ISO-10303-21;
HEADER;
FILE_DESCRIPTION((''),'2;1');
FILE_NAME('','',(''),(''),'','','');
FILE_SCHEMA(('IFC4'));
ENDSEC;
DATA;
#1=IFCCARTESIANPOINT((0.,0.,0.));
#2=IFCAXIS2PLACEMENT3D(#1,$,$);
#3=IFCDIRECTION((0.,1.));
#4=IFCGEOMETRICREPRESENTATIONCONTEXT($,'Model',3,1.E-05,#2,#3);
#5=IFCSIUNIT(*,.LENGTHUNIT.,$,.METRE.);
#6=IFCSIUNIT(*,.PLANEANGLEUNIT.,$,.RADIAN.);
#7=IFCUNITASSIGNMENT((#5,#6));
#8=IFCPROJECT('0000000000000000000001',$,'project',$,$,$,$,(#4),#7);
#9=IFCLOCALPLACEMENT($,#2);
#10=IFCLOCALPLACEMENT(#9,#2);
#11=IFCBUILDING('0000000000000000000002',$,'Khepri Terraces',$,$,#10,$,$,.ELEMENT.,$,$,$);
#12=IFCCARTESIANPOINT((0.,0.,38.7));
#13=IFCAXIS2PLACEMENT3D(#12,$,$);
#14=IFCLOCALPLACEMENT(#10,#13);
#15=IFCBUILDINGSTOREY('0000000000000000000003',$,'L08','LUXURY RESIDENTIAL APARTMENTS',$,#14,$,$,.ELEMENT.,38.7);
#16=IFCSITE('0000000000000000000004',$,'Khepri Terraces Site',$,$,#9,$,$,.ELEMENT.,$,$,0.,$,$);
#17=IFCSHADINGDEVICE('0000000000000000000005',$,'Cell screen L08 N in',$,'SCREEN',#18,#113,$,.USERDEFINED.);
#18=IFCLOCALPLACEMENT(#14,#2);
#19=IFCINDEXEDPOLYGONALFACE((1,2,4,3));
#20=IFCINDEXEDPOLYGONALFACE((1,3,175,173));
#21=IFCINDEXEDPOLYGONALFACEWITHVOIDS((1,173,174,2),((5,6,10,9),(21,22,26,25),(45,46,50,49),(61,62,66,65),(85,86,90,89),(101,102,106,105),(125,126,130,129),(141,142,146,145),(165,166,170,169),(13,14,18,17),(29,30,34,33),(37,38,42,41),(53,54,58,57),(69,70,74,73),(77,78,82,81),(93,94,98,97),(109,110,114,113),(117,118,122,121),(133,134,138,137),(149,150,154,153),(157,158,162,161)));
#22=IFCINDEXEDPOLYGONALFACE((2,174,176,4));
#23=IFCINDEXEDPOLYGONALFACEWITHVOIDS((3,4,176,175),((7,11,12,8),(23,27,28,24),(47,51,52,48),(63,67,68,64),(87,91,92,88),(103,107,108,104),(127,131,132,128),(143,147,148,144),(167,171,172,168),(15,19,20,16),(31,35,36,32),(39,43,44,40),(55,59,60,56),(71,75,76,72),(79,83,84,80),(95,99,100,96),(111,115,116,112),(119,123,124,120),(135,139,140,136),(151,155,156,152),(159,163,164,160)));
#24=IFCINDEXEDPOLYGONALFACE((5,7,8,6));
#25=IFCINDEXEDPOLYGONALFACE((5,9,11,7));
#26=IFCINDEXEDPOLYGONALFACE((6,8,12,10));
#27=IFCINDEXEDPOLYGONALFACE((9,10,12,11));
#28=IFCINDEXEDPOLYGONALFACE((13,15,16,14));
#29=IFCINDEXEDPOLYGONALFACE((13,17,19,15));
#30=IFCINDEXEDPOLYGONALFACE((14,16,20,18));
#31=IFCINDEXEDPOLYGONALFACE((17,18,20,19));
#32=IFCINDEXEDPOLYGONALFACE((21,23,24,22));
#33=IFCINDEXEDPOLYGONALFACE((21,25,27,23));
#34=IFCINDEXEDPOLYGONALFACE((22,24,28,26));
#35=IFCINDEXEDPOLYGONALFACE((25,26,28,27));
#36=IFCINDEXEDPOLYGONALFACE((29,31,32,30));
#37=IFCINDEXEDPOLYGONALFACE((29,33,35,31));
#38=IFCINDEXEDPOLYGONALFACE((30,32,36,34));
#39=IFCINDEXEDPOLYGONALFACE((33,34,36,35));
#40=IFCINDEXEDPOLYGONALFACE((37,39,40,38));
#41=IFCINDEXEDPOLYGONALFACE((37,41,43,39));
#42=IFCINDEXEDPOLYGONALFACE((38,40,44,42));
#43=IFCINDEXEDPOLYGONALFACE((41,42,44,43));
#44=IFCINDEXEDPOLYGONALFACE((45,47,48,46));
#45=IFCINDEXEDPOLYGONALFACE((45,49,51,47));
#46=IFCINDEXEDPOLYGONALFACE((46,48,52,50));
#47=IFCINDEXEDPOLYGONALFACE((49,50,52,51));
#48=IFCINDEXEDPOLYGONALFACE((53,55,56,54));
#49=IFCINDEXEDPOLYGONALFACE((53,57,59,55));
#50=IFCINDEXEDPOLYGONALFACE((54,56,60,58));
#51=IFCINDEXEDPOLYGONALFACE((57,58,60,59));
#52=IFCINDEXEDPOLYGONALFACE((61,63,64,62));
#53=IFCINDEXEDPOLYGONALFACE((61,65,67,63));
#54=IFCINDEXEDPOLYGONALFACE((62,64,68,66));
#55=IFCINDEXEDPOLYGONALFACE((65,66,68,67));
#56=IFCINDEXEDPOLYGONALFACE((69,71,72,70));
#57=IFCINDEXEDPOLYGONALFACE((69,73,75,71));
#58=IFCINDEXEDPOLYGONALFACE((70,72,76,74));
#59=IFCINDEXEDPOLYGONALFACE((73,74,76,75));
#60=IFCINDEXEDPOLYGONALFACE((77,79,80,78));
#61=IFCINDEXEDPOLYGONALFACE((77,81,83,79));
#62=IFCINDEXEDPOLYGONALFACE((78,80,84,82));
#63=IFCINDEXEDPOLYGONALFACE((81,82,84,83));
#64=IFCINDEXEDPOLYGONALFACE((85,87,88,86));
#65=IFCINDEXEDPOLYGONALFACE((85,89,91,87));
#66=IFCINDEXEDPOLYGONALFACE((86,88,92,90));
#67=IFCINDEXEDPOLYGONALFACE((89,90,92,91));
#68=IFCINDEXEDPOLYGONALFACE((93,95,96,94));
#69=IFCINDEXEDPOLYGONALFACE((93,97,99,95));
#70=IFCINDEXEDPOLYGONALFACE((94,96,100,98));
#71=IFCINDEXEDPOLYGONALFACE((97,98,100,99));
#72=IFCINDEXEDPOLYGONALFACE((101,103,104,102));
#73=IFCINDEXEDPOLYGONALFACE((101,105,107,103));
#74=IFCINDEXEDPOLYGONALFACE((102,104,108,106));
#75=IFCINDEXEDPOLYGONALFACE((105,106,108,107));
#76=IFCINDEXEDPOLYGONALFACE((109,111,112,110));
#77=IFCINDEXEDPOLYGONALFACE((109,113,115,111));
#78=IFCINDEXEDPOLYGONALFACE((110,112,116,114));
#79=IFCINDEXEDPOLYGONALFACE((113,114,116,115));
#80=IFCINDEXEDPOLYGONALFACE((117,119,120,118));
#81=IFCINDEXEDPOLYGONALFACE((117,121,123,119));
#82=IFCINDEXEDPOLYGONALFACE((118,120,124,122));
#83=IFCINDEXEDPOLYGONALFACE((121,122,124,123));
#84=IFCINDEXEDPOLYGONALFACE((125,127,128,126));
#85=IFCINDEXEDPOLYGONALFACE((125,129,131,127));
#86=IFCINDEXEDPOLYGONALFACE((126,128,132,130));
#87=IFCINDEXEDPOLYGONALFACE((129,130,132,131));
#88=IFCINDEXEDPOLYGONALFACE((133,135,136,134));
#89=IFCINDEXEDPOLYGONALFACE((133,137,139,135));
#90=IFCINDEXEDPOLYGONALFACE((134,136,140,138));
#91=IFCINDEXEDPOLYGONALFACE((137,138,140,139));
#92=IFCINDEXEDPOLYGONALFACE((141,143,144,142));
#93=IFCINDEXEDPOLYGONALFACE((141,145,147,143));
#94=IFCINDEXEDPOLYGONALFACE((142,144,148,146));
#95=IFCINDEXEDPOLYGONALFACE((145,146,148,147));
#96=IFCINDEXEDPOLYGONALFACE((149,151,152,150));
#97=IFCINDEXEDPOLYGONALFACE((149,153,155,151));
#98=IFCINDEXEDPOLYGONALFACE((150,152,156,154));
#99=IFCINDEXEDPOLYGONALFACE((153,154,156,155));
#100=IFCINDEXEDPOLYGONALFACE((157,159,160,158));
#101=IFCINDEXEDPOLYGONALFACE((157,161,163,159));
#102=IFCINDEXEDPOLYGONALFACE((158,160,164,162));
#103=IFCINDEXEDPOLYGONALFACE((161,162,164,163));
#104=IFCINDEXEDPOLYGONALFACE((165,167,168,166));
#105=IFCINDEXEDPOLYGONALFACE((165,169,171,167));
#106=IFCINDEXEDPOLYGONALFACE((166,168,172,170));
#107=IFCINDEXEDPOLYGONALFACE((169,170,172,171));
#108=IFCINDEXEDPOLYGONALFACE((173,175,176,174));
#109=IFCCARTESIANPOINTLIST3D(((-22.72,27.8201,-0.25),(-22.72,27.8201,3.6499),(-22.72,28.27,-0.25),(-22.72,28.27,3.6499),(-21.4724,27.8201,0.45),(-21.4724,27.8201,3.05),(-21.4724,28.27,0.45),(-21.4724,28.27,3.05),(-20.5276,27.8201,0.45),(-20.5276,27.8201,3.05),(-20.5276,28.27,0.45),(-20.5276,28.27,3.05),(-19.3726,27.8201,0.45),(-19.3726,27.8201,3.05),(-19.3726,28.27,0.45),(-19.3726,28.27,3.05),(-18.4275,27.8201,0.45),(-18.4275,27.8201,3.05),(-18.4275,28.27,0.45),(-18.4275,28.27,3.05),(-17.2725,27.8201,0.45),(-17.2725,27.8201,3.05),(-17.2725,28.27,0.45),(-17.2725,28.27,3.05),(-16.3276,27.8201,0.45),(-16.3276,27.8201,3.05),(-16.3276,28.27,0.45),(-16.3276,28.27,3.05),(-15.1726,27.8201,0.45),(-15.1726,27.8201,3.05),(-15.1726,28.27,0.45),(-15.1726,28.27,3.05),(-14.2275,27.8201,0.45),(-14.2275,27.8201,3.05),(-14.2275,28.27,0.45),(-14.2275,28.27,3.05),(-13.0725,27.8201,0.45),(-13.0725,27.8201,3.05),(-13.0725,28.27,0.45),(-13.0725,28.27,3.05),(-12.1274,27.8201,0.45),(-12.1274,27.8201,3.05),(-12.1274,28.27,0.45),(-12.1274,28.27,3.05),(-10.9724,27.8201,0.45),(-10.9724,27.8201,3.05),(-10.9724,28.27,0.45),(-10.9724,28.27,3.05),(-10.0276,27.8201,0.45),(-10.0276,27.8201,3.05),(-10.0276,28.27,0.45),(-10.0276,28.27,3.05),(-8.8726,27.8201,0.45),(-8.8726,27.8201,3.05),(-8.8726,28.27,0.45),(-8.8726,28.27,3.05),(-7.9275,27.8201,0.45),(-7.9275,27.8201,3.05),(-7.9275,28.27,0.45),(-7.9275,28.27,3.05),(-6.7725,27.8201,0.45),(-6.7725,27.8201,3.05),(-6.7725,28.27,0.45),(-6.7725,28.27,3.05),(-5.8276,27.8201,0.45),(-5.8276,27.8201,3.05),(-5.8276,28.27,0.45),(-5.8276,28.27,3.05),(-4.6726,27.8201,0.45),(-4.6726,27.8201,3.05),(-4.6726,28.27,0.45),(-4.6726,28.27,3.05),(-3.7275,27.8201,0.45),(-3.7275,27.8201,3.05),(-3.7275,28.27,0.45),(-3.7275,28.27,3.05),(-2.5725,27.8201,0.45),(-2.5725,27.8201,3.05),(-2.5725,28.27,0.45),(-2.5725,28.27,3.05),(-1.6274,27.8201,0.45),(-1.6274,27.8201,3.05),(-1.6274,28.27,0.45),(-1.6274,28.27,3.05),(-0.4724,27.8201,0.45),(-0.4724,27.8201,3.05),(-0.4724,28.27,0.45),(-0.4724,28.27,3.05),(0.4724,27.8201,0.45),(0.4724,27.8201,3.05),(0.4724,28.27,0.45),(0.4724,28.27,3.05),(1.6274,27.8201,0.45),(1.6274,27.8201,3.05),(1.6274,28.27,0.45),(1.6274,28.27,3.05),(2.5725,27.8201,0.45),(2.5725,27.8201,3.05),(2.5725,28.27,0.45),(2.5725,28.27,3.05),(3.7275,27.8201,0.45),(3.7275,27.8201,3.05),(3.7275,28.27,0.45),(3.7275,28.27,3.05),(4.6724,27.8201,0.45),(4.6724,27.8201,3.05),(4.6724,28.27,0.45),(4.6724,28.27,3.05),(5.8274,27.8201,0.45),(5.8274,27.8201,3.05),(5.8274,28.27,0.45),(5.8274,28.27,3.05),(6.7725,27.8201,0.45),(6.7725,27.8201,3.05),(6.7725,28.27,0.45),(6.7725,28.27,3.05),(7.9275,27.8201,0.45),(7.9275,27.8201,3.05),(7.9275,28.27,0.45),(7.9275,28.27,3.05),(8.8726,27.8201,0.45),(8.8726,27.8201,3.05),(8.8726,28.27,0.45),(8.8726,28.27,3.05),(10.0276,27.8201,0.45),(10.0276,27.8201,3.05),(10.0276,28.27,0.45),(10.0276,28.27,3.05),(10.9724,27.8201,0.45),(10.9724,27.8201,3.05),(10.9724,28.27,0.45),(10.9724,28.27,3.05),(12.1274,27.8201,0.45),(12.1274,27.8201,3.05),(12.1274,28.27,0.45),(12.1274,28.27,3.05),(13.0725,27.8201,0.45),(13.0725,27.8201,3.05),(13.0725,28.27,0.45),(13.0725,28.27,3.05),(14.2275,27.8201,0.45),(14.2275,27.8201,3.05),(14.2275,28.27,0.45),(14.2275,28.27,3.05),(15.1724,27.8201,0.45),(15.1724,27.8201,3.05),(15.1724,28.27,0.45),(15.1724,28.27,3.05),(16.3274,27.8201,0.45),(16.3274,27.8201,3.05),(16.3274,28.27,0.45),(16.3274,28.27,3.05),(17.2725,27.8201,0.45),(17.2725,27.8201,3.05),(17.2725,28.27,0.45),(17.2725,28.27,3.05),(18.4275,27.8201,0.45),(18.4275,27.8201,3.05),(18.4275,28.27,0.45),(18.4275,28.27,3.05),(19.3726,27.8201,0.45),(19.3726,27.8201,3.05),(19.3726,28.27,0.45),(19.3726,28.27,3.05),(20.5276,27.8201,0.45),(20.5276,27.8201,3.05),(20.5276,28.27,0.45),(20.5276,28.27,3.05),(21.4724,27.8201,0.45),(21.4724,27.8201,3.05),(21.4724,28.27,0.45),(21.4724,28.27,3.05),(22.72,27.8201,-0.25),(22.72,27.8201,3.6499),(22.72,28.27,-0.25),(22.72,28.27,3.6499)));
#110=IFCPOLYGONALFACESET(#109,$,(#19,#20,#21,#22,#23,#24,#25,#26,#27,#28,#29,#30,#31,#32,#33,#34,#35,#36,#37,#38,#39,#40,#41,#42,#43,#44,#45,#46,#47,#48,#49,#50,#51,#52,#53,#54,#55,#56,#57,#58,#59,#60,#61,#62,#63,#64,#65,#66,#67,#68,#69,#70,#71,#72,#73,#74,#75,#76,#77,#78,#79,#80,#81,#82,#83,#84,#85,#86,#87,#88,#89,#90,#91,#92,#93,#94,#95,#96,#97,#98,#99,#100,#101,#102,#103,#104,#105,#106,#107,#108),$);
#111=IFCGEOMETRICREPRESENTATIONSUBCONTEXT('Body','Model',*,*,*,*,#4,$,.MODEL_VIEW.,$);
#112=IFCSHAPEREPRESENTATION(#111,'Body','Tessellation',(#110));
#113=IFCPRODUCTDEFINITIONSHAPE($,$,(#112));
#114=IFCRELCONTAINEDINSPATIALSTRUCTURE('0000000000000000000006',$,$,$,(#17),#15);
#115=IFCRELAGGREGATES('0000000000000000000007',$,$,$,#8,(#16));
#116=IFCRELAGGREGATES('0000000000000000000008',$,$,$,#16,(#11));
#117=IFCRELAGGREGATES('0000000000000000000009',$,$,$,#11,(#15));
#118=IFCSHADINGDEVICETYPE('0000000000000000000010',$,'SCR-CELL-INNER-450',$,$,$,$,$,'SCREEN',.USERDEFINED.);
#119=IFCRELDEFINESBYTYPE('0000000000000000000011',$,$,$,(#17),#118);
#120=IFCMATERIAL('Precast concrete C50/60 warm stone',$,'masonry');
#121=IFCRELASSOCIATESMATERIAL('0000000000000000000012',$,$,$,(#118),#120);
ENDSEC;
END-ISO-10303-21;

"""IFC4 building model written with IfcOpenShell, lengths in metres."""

from ifc_helpers import new_model, si_unit, direction, frame, origin, place, context, subcontext, project, spatial, polyline, outline, extrude, material, type_object, element, save


model = new_model("IFC4")

# Units and contexts
model_context = context("Model", 3, precision=1e-05, world=origin(), true_north=direction((0.0, 1.0)))
body_context = subcontext(model_context, "Body", "Model", "MODEL_VIEW")
ifc_project = project(units=[si_unit("LENGTHUNIT", "METRE"), si_unit("PLANEANGLEUNIT", "RADIAN")], contexts=[model_context])

# Site, building, storey
site_placement = place(None, origin())
site = spatial("IfcSite", under=ifc_project, at=site_placement, Name="Khepri Terraces Site", CompositionType="ELEMENT", RefElevation=0.0)
building_placement = place(site_placement, origin())
building = spatial("IfcBuilding", under=site, at=building_placement, Name="Khepri Terraces", CompositionType="ELEMENT")
storey_placement = place(building_placement, frame((0.0, 0.0, 38.7)))
storey = spatial("IfcBuildingStorey", under=building, at=storey_placement, Name="L08", Description="LUXURY RESIDENTIAL APARTMENTS", CompositionType="ELEMENT", Elevation=38.7)

# Shared definitions
ifc_material_1 = material(Name="Precast concrete C50/60 warm stone", Category="masonry")

# Shading device
shading_device_type_1 = type_object("IfcShadingDeviceType", Name="SCR-CELL-INNER-450", ElementType="SCREEN", PredefinedType="USERDEFINED", material=ifc_material_1)
shading_device_1_placement = place(storey_placement, frame((22.72, 27.8201, -0.25), z_axis=(0.0, 1.0, 0.0), x_axis=(-1.0, 0.0, 0.0)))
element("IfcShadingDevice", 1, at=shading_device_1_placement, inside=storey, type_object=shading_device_type_1, Name="Cell screen L08 N in", ObjectType="SCREEN", PredefinedType="USERDEFINED", context=body_context, shape_type="SweptSolid", body=[
    extrude(outline(polyline([(0.0, 0.0), (45.4399, 0.0), (45.4399, 3.8999), (0.0, 3.8999), (0.0, 0.0)]), holes=[polyline([(1.2476, 0.7), (2.1924, 0.7), (2.1924, 3.3), (1.2476, 3.3), (1.2476, 0.7)]), polyline([(3.3474, 0.7), (4.2925, 0.7), (4.2925, 3.3), (3.3474, 3.3), (3.3474, 0.7)]), polyline([(5.4475, 0.7), (6.3926, 0.7), (6.3926, 3.3), (5.4475, 3.3), (5.4475, 0.7)]), polyline([(7.5476, 0.7), (8.4924, 0.7), (8.4924, 3.3), (7.5476, 3.3), (7.5476, 0.7)]), polyline([(9.6475, 0.7), (10.5925, 0.7), (10.5925, 3.3), (9.6475, 3.3), (9.6475, 0.7)]), polyline([(11.7476, 0.7), (12.6924, 0.7), (12.6924, 3.3), (11.7476, 3.3), (11.7476, 0.7)]), polyline([(13.8474, 0.7), (14.7925, 0.7), (14.7925, 3.3), (13.8474, 3.3), (13.8474, 0.7)]), polyline([(15.9475, 0.7), (16.8926, 0.7), (16.8926, 3.3), (15.9475, 3.3), (15.9475, 0.7)]), polyline([(18.0476, 0.7), (18.9924, 0.7), (18.9924, 3.3), (18.0476, 3.3), (18.0476, 0.7)]), polyline([(20.1475, 0.7), (21.0925, 0.7), (21.0925, 3.3), (20.1475, 3.3), (20.1475, 0.7)]), polyline([(22.2476, 0.7), (23.1924, 0.7), (23.1924, 3.3), (22.2476, 3.3), (22.2476, 0.7)]), polyline([(24.3474, 0.7), (25.2925, 0.7), (25.2925, 3.3), (24.3474, 3.3), (24.3474, 0.7)]), polyline([(26.4475, 0.7), (27.3926, 0.7), (27.3926, 3.3), (26.4475, 3.3), (26.4475, 0.7)]), polyline([(28.5476, 0.7), (29.4924, 0.7), (29.4924, 3.3), (28.5476, 3.3), (28.5476, 0.7)]), polyline([(30.6475, 0.7), (31.5925, 0.7), (31.5925, 3.3), (30.6475, 3.3), (30.6475, 0.7)]), polyline([(32.7476, 0.7), (33.6924, 0.7), (33.6924, 3.3), (32.7476, 3.3), (32.7476, 0.7)]), polyline([(34.8474, 0.7), (35.7925, 0.7), (35.7925, 3.3), (34.8474, 3.3), (34.8474, 0.7)]), polyline([(36.9475, 0.7), (37.8926, 0.7), (37.8926, 3.3), (36.9475, 3.3), (36.9475, 0.7)]), polyline([(39.0476, 0.7), (39.9924, 0.7), (39.9924, 3.3), (39.0476, 3.3), (39.0476, 0.7)]), polyline([(41.1475, 0.7), (42.0925, 0.7), (42.0925, 3.3), (41.1475, 3.3), (41.1475, 0.7)]), polyline([(43.2476, 0.7), (44.1924, 0.7), (44.1924, 3.3), (43.2476, 3.3), (43.2476, 0.7)])]), origin(), (0.0, 0.0, 1.0), 0.45),
])

save(model, "model.ifc")
